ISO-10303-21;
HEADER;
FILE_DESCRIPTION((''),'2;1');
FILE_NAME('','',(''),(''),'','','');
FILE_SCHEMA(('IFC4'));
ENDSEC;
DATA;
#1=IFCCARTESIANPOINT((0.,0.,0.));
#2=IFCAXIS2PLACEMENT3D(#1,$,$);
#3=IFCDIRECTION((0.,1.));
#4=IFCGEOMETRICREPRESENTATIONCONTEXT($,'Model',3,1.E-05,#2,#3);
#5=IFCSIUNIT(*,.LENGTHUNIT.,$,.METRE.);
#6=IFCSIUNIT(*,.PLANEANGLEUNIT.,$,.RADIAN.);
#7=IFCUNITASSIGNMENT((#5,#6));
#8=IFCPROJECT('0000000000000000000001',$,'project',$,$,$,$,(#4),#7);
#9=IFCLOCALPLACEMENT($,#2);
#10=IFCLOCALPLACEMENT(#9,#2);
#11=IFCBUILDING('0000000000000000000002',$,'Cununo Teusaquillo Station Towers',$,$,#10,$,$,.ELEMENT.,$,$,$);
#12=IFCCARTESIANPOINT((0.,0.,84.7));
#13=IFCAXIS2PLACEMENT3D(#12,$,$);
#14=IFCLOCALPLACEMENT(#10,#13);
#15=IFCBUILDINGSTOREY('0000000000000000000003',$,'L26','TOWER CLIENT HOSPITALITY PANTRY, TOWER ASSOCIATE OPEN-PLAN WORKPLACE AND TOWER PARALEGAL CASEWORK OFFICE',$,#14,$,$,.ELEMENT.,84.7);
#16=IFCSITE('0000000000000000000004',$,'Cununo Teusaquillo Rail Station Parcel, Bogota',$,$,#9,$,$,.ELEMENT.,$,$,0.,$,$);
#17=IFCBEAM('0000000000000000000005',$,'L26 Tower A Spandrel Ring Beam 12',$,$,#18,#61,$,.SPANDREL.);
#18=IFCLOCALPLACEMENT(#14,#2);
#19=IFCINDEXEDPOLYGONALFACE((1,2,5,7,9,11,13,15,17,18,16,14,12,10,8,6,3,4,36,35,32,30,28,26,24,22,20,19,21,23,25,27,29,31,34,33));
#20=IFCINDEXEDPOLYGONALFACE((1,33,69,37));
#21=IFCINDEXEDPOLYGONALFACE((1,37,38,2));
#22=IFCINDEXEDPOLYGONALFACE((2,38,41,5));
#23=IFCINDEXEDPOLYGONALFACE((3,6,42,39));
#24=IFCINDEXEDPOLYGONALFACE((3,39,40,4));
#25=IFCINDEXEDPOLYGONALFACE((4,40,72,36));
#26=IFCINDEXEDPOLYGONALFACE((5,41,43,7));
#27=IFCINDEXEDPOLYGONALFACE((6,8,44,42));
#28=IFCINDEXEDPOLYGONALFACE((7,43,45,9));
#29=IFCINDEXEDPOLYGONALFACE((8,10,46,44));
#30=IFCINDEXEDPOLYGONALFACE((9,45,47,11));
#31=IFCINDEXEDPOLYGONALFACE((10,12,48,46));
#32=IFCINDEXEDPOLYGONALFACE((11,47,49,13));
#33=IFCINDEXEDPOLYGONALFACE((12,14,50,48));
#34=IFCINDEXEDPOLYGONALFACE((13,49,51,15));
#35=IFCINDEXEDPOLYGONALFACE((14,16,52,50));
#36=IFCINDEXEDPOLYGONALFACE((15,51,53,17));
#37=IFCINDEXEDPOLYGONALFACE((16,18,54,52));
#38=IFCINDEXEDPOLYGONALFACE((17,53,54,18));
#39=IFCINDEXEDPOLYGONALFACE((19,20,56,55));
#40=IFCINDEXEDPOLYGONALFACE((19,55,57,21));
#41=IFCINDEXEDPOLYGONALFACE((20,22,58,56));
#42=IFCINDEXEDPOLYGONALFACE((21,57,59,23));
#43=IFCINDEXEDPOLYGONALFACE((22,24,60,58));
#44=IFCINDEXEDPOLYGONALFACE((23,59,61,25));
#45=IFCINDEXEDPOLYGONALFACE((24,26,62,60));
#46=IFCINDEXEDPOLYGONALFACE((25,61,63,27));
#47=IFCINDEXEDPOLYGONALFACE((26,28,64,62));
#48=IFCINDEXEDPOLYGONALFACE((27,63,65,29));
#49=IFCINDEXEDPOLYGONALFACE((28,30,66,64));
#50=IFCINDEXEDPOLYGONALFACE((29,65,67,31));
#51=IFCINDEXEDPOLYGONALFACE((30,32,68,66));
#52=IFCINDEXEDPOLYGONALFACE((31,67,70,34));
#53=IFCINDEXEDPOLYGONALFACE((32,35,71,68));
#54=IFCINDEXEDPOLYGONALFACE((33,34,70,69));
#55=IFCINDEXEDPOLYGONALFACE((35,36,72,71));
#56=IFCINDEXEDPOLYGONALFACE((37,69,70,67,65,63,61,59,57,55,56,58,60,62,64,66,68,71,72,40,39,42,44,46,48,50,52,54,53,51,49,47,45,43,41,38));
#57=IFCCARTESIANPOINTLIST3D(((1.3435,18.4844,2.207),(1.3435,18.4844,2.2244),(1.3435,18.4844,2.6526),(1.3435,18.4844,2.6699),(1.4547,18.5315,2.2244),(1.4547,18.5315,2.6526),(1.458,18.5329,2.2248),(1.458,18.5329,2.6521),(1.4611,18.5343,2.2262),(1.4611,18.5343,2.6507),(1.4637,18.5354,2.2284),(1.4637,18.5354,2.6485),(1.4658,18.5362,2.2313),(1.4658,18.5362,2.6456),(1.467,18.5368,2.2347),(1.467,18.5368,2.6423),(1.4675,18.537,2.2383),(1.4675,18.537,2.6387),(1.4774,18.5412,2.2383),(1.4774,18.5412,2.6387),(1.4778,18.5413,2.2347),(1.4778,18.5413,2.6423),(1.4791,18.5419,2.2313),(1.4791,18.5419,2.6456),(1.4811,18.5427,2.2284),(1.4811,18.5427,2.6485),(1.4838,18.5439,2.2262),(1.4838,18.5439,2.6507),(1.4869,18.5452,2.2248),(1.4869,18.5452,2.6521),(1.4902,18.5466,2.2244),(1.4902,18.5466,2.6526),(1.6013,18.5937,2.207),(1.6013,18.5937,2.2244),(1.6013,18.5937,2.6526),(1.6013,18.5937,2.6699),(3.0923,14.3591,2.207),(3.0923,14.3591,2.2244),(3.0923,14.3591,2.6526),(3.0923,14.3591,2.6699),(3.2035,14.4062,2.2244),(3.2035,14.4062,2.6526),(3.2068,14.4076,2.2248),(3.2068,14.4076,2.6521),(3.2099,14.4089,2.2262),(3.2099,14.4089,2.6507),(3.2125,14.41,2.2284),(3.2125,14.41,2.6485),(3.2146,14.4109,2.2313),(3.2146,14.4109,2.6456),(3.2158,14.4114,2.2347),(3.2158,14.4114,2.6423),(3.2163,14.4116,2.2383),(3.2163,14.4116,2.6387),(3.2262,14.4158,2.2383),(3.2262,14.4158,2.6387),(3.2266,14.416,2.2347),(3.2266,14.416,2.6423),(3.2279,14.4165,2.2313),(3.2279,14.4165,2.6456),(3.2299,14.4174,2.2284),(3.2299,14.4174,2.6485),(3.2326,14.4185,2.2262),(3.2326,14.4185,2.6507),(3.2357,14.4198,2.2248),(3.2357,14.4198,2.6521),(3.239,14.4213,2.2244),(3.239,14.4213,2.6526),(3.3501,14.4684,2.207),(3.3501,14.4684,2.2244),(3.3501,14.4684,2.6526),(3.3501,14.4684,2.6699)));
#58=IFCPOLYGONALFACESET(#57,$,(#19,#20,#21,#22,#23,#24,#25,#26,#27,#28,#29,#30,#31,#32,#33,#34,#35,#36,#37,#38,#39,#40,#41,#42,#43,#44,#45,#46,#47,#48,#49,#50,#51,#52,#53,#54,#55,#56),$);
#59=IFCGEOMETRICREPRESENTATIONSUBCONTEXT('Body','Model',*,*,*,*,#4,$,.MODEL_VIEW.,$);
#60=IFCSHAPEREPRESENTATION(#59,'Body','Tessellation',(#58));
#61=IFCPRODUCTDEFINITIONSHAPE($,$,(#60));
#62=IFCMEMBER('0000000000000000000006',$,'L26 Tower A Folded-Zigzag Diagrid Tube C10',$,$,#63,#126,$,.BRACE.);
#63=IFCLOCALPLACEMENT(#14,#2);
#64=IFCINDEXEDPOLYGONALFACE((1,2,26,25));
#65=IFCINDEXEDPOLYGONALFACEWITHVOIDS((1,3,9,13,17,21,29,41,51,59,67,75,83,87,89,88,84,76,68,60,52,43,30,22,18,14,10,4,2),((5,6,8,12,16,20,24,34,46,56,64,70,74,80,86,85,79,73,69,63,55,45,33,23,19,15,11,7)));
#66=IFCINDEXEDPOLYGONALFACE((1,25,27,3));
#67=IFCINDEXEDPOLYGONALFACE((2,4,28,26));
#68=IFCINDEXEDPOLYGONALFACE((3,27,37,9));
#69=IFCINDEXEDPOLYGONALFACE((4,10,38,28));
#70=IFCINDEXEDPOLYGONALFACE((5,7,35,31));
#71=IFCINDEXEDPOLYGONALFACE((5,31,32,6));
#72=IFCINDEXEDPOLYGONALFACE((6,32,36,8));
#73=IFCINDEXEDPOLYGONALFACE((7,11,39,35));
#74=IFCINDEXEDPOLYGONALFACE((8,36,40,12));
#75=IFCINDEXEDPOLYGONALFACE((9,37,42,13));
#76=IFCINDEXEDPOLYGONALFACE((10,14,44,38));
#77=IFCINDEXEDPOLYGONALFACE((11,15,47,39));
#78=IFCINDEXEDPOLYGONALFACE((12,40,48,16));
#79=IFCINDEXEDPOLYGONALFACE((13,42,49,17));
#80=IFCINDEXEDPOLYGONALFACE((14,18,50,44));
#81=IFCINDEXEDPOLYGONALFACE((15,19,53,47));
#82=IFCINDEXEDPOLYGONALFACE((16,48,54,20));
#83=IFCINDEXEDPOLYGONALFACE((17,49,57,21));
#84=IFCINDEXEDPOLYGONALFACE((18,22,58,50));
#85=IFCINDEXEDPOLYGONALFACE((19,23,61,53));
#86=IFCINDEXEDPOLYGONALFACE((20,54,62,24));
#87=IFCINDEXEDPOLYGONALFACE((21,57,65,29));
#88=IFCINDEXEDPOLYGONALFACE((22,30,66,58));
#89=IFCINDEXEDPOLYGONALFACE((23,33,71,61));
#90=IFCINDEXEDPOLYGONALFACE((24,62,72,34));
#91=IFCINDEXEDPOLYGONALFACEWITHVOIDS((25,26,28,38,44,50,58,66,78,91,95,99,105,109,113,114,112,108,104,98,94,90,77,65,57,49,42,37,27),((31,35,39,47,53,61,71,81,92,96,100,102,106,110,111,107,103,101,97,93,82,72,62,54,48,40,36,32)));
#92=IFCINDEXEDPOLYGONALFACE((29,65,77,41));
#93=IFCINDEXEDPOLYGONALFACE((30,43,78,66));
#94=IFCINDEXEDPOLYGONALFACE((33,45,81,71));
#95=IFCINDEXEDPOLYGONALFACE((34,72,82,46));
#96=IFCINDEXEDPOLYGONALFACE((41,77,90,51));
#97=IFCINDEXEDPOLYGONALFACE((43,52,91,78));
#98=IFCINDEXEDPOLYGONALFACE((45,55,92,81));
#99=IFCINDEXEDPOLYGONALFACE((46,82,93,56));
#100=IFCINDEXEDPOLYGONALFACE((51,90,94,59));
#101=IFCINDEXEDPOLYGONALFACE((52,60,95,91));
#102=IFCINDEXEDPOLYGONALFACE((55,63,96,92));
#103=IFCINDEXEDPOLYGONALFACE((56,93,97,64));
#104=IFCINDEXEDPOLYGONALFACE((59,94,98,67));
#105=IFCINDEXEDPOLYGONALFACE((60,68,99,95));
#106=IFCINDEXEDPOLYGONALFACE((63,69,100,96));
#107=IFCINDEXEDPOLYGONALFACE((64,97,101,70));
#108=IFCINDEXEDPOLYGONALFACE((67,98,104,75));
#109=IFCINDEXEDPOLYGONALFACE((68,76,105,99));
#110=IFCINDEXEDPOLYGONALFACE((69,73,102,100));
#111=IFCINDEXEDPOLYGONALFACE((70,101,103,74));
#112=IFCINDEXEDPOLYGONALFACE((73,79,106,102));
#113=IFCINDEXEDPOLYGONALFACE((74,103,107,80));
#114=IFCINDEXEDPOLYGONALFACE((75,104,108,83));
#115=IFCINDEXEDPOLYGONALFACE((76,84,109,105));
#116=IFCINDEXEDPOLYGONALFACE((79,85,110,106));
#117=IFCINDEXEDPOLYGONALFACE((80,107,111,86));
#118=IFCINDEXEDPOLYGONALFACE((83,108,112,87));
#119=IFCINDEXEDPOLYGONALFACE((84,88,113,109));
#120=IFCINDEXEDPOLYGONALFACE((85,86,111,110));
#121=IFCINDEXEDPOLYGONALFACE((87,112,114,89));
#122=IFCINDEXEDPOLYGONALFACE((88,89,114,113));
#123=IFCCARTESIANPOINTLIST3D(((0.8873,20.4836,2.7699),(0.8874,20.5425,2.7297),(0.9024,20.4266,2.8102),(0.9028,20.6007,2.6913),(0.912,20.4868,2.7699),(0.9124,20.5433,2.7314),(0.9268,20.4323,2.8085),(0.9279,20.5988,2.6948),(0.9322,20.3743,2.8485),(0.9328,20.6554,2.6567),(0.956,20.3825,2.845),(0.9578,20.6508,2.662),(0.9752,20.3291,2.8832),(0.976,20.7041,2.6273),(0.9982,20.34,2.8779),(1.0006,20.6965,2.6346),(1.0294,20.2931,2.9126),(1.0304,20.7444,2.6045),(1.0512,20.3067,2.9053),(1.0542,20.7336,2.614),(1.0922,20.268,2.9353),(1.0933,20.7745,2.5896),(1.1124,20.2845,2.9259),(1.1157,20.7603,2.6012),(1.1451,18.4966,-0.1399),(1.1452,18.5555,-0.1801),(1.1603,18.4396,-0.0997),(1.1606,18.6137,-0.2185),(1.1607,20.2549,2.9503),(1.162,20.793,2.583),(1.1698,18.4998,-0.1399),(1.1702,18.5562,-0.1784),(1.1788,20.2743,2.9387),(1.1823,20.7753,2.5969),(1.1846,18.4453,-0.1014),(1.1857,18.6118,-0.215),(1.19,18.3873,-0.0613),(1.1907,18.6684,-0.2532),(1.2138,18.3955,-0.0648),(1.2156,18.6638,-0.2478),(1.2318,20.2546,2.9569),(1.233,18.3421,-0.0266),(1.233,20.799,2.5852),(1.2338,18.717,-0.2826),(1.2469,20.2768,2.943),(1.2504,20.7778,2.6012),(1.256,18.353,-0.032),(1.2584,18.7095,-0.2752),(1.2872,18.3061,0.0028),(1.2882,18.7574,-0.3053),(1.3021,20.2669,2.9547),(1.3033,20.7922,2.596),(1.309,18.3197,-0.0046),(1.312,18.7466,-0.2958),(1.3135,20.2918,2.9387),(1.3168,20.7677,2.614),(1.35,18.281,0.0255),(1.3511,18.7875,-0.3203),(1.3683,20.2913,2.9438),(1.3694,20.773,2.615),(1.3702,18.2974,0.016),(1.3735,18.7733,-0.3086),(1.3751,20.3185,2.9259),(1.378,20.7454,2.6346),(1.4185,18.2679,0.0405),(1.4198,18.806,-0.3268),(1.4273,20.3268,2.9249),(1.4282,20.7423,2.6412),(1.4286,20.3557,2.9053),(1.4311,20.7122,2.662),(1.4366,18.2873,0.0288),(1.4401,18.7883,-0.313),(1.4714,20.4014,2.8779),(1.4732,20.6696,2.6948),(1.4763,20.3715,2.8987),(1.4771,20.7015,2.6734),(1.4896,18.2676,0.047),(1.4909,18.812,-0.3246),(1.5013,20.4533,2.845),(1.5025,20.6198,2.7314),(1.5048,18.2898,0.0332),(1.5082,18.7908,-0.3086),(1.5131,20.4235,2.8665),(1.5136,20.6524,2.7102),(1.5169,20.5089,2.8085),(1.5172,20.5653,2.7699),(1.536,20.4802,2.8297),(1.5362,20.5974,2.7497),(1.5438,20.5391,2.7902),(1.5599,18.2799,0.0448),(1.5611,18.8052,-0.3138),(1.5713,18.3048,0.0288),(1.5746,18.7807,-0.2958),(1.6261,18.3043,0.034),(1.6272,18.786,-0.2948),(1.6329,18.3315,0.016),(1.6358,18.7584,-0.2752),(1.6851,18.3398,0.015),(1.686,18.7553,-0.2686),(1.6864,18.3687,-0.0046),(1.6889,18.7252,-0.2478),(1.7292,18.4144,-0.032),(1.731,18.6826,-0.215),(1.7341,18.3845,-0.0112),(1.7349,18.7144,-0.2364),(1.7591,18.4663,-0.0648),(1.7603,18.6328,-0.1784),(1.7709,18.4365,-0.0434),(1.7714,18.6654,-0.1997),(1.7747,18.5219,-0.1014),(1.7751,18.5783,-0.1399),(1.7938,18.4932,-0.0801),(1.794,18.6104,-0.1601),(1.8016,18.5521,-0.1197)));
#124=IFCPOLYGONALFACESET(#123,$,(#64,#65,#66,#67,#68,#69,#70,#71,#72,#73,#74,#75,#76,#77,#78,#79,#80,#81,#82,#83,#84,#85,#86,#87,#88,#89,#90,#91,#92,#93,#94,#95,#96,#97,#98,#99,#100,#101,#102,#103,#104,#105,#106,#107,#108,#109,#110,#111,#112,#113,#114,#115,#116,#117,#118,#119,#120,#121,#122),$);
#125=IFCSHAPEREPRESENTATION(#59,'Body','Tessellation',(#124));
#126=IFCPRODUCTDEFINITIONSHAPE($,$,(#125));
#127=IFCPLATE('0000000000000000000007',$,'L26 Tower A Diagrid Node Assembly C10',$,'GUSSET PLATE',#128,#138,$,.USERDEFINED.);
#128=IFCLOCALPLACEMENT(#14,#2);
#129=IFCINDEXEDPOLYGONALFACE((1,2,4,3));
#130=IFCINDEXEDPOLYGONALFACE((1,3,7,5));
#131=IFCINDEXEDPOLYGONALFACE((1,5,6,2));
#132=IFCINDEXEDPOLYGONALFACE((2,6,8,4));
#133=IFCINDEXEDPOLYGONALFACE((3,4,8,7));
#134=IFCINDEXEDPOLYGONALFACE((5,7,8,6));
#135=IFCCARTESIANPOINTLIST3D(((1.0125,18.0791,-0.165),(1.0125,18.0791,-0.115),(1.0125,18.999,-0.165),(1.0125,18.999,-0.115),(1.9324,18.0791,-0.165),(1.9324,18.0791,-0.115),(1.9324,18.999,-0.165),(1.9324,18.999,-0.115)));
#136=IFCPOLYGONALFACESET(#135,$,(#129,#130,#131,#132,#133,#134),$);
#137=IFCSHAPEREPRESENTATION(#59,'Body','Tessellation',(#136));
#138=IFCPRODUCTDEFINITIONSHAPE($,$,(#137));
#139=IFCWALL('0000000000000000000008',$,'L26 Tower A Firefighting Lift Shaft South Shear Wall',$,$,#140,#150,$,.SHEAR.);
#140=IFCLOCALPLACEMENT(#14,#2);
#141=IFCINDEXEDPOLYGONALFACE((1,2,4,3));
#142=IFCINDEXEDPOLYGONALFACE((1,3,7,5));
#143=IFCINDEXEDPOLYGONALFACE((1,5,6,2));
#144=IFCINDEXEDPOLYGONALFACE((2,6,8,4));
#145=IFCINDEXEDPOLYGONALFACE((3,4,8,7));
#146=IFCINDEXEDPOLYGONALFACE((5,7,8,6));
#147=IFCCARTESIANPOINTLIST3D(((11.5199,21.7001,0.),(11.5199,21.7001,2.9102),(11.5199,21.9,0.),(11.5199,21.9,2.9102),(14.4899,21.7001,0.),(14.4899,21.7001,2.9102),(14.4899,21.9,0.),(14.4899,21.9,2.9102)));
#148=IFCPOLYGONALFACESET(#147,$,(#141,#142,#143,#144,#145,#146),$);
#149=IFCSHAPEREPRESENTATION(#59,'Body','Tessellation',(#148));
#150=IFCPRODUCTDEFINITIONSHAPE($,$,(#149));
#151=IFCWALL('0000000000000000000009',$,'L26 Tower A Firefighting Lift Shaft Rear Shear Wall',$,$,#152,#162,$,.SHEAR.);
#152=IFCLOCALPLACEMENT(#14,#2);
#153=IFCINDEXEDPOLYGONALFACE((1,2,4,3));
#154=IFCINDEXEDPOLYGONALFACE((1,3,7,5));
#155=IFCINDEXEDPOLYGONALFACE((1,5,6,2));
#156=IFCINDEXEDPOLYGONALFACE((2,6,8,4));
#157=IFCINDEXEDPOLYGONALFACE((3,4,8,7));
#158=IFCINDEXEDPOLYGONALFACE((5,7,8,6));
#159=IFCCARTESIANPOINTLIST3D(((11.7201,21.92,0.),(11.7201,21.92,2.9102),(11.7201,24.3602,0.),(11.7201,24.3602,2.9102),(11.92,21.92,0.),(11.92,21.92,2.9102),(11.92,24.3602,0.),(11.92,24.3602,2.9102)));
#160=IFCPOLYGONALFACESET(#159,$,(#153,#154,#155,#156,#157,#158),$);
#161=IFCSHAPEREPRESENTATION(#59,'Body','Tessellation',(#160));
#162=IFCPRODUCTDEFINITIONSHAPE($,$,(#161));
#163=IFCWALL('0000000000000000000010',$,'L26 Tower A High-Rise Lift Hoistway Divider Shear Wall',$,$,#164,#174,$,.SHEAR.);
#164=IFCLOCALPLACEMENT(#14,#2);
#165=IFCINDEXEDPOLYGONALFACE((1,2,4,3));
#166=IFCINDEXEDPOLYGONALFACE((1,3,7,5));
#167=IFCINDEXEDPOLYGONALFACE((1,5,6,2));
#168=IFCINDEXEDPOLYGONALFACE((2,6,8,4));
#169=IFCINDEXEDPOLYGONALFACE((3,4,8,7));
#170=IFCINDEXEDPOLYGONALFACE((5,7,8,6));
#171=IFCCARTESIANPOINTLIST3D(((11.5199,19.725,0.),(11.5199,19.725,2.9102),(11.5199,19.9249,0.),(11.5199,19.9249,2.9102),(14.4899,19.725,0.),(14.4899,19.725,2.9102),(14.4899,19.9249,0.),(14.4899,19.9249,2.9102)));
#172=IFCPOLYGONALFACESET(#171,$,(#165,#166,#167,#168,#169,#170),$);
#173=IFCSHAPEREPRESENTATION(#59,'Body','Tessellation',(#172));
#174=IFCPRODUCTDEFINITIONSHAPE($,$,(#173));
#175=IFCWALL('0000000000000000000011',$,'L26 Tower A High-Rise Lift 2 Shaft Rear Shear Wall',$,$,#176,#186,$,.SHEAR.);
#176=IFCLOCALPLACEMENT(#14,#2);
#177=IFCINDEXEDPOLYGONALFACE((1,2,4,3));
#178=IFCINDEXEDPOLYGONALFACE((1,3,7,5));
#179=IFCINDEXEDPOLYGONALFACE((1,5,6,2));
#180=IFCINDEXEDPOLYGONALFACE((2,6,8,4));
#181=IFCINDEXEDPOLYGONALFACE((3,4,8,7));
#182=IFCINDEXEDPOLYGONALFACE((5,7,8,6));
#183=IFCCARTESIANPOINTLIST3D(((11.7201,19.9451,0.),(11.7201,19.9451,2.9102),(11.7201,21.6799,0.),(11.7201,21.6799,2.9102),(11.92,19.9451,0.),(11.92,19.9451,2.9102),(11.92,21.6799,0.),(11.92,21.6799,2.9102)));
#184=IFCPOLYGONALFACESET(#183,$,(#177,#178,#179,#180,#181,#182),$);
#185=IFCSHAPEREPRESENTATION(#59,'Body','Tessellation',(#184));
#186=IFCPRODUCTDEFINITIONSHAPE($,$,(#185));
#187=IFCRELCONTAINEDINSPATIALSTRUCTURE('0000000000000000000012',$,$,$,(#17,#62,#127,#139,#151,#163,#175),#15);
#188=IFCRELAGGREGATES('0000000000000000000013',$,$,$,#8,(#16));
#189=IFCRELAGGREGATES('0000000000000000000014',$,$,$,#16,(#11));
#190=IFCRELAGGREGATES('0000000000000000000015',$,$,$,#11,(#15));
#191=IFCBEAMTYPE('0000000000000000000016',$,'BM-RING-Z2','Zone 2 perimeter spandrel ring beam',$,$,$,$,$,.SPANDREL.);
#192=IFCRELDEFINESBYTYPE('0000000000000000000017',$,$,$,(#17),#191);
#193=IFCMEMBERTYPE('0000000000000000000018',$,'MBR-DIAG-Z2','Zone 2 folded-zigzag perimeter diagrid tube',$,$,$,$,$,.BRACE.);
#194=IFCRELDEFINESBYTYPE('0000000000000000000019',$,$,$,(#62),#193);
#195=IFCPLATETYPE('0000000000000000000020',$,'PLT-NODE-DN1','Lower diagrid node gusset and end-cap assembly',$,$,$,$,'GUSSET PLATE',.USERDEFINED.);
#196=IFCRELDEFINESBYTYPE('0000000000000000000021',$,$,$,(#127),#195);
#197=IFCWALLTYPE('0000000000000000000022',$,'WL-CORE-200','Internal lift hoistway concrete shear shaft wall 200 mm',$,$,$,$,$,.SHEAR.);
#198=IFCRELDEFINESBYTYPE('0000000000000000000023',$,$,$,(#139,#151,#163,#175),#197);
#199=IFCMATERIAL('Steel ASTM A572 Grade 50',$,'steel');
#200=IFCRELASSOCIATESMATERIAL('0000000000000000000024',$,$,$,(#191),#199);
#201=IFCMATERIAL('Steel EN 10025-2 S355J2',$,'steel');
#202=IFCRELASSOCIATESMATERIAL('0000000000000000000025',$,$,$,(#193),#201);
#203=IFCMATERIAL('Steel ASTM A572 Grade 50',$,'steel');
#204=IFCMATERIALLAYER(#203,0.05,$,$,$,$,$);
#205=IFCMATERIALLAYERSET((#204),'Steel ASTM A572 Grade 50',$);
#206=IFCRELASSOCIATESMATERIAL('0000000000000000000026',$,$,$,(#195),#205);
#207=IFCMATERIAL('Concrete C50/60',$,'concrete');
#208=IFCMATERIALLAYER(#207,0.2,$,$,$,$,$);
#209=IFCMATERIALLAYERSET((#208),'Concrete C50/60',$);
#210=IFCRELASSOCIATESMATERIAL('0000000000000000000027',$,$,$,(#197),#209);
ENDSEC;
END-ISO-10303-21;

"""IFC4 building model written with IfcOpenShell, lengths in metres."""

from ifc_helpers import new_model, si_unit, direction, frame, frame_2d, origin, origin_2d, place, context, subcontext, project, spatial, rectangle, hollow_circle, i_section, extrude, source, transform, mapped, material, layer, layer_set, material_profile, profile_set, type_object, element, save


model = new_model("IFC4")

# Units and contexts
model_context = context("Model", 3, precision=1e-05, world=origin(), true_north=direction((0.0, 1.0)))
body_context = subcontext(model_context, "Body", "Model", "MODEL_VIEW")
ifc_project = project(units=[si_unit("LENGTHUNIT", "METRE"), si_unit("PLANEANGLEUNIT", "RADIAN")], contexts=[model_context])

# Site, building, storey
site_placement = place(None, origin())
site = spatial("IfcSite", under=ifc_project, at=site_placement, Name="Cununo Teusaquillo Rail Station Parcel, Bogota", CompositionType="ELEMENT", RefElevation=0.0)
building_placement = place(site_placement, origin())
building = spatial("IfcBuilding", under=site, at=building_placement, Name="Cununo Teusaquillo Station Towers", CompositionType="ELEMENT")
storey_placement = place(building_placement, frame((0.0, 0.0, 84.7)))
storey = spatial("IfcBuildingStorey", under=building, at=storey_placement, Name="L26", Description="TOWER CLIENT HOSPITALITY PANTRY, TOWER ASSOCIATE OPEN-PLAN WORKPLACE AND TOWER PARALEGAL CASEWORK OFFICE", CompositionType="ELEMENT", Elevation=84.7)

# Beam
ifc_material_1 = material(Name="Steel ASTM A572 Grade 50", Category="steel")
ifc_material_profile_1 = material_profile(ifc_material_1, i_section(OverallWidth=0.28, OverallDepth=0.4629, WebThickness=0.0107, FlangeThickness=0.0173, FilletRadius=0.0139, at=origin_2d()), Name="W18X76")
ifc_profile_set_1 = profile_set([ifc_material_profile_1], Name="Steel ASTM A572 Grade 50")
beam_type_1 = type_object("IfcBeamType", Name="BM-RING-Z2", Description="Zone 2 perimeter spandrel ring beam", PredefinedType="SPANDREL", material=ifc_profile_set_1)
beam_1_placement = place(storey_placement, frame((1.4724, 18.5391, 2.4385), z_axis=(0.390299, -0.920688, 0.0), x_axis=(0.920688, 0.390299, 0.0)))
element("IfcBeam", 1, at=beam_1_placement, inside=storey, type_object=beam_type_1, Name="L26 Tower A Spandrel Ring Beam 12", PredefinedType="SPANDREL", context=body_context, shape_type="SweptSolid", body=[
    extrude(i_section(OverallWidth=0.28, OverallDepth=0.4629, WebThickness=0.0107, FlangeThickness=0.0173, FilletRadius=0.0139, at=origin_2d()), origin(), (0.0, 0.0, 1.0), 4.4807),
])

# Member
ifc_material_2 = material(Name="Steel EN 10025-2 S355J2", Category="steel")
ifc_material_profile_2 = material_profile(ifc_material_2, hollow_circle(Radius=0.3301, WallThickness=0.0249, at=origin_2d()), Name="CHS 660x25")
ifc_profile_set_2 = profile_set([ifc_material_profile_2], Name="Steel EN 10025-2 S355J2")
member_type = type_object("IfcMemberType", Name="MBR-DIAG-Z2", Description="Zone 2 folded-zigzag perimeter diagrid tube", PredefinedType="BRACE", material=ifc_profile_set_2)
member_placement = place(storey_placement, frame((1.4724, 18.5391, -0.1399), z_axis=(-0.072972, 0.56242, 0.823625), x_axis=(-0.991688, -0.128667, 0.0)))
element("IfcMember", 2, at=member_placement, inside=storey, type_object=member_type, Name="L26 Tower A Folded-Zigzag Diagrid Tube C10", PredefinedType="BRACE", context=body_context, shape_type="SweptSolid", body=[
    extrude(hollow_circle(Radius=0.3301, WallThickness=0.0249, at=origin_2d()), origin(), (0.0, 0.0, 1.0), 3.533),
])

# Plate
ifc_material_3 = material(Name="Steel ASTM A572 Grade 50", Category="steel")
ifc_layer_1 = layer(ifc_material_3, 0.05)
ifc_layer_set_1 = layer_set([ifc_layer_1], Name="Steel ASTM A572 Grade 50")
plate_type = type_object("IfcPlateType", Name="PLT-NODE-DN1", Description="Lower diagrid node gusset and end-cap assembly", ElementType="GUSSET PLATE", PredefinedType="USERDEFINED", material=ifc_layer_set_1)
shared_shape_1 = source(origin(), body_context, "Body", "SweptSolid", [
    extrude(rectangle(XDim=0.9199, YDim=0.9199, at=origin_2d()), origin(), (0.0, 0.0, 1.0), 0.05),
])
plate_placement = place(storey_placement, frame((1.4724, 18.5391, -0.165), z_axis=(0.0, 0.0, 1.0), x_axis=(1.0, 0.0, 0.0)))
element("IfcPlate", 3, at=plate_placement, inside=storey, type_object=plate_type, Name="L26 Tower A Diagrid Node Assembly C10", ObjectType="GUSSET PLATE", PredefinedType="USERDEFINED", context=body_context, shape_type="MappedRepresentation", body=[
    mapped(shared_shape_1, transform((0.0, 0.0, 0.0), x_axis=(1.0, 0.0, 0.0), y_axis=(0.0, 1.0, 0.0), z_axis=(0.0, 0.0, 1.0), scale=1.0)),
])

# Walls
ifc_material_4 = material(Name="Concrete C50/60", Category="concrete")
ifc_layer_2 = layer(ifc_material_4, 0.2)
ifc_layer_set_2 = layer_set([ifc_layer_2], Name="Concrete C50/60")
wall_type_1 = type_object("IfcWallType", Name="WL-CORE-200", Description="Internal lift hoistway concrete shear shaft wall 200 mm", PredefinedType="SHEAR", material=ifc_layer_set_2)
wall_1_placement = place(storey_placement, frame((11.52, 21.8, 0.0), z_axis=(0.0, 0.0, 1.0), x_axis=(1.0, 0.0, 0.0)))
element("IfcWall", 4, at=wall_1_placement, inside=storey, type_object=wall_type_1, Name="L26 Tower A Firefighting Lift Shaft South Shear Wall", PredefinedType="SHEAR", context=body_context, shape_type="SweptSolid", body=[
    extrude(rectangle(XDim=2.97, YDim=0.2, at=frame_2d((1.4849, 0.0))), origin(), (0.0, 0.0, 1.0), 2.9102),
])
wall_2_placement = place(storey_placement, frame((11.8201, 21.9199, 0.0), z_axis=(0.0, 0.0, 1.0), x_axis=(0.0, 1.0, 0.0)))
element("IfcWall", 5, at=wall_2_placement, inside=storey, type_object=wall_type_1, Name="L26 Tower A Firefighting Lift Shaft Rear Shear Wall", PredefinedType="SHEAR", context=body_context, shape_type="SweptSolid", body=[
    extrude(rectangle(XDim=2.4402, YDim=0.2, at=frame_2d((1.2202, 0.0))), origin(), (0.0, 0.0, 1.0), 2.9102),
])
wall_3_placement = place(storey_placement, frame((11.52, 19.825, 0.0), z_axis=(0.0, 0.0, 1.0), x_axis=(1.0, 0.0, 0.0)))
element("IfcWall", 6, at=wall_3_placement, inside=storey, type_object=wall_type_1, Name="L26 Tower A High-Rise Lift Hoistway Divider Shear Wall", PredefinedType="SHEAR", context=body_context, shape_type="SweptSolid", body=[
    extrude(rectangle(XDim=2.97, YDim=0.2, at=frame_2d((1.4849, 0.0))), origin(), (0.0, 0.0, 1.0), 2.9102),
])
wall_4_placement = place(storey_placement, frame((11.8201, 19.9451, 0.0), z_axis=(0.0, 0.0, 1.0), x_axis=(0.0, 1.0, 0.0)))
element("IfcWall", 7, at=wall_4_placement, inside=storey, type_object=wall_type_1, Name="L26 Tower A High-Rise Lift 2 Shaft Rear Shear Wall", PredefinedType="SHEAR", context=body_context, shape_type="SweptSolid", body=[
    extrude(rectangle(XDim=1.7349, YDim=0.2, at=frame_2d((0.8674, 0.0))), origin(), (0.0, 0.0, 1.0), 2.9102),
])

save(model, "model.ifc")
